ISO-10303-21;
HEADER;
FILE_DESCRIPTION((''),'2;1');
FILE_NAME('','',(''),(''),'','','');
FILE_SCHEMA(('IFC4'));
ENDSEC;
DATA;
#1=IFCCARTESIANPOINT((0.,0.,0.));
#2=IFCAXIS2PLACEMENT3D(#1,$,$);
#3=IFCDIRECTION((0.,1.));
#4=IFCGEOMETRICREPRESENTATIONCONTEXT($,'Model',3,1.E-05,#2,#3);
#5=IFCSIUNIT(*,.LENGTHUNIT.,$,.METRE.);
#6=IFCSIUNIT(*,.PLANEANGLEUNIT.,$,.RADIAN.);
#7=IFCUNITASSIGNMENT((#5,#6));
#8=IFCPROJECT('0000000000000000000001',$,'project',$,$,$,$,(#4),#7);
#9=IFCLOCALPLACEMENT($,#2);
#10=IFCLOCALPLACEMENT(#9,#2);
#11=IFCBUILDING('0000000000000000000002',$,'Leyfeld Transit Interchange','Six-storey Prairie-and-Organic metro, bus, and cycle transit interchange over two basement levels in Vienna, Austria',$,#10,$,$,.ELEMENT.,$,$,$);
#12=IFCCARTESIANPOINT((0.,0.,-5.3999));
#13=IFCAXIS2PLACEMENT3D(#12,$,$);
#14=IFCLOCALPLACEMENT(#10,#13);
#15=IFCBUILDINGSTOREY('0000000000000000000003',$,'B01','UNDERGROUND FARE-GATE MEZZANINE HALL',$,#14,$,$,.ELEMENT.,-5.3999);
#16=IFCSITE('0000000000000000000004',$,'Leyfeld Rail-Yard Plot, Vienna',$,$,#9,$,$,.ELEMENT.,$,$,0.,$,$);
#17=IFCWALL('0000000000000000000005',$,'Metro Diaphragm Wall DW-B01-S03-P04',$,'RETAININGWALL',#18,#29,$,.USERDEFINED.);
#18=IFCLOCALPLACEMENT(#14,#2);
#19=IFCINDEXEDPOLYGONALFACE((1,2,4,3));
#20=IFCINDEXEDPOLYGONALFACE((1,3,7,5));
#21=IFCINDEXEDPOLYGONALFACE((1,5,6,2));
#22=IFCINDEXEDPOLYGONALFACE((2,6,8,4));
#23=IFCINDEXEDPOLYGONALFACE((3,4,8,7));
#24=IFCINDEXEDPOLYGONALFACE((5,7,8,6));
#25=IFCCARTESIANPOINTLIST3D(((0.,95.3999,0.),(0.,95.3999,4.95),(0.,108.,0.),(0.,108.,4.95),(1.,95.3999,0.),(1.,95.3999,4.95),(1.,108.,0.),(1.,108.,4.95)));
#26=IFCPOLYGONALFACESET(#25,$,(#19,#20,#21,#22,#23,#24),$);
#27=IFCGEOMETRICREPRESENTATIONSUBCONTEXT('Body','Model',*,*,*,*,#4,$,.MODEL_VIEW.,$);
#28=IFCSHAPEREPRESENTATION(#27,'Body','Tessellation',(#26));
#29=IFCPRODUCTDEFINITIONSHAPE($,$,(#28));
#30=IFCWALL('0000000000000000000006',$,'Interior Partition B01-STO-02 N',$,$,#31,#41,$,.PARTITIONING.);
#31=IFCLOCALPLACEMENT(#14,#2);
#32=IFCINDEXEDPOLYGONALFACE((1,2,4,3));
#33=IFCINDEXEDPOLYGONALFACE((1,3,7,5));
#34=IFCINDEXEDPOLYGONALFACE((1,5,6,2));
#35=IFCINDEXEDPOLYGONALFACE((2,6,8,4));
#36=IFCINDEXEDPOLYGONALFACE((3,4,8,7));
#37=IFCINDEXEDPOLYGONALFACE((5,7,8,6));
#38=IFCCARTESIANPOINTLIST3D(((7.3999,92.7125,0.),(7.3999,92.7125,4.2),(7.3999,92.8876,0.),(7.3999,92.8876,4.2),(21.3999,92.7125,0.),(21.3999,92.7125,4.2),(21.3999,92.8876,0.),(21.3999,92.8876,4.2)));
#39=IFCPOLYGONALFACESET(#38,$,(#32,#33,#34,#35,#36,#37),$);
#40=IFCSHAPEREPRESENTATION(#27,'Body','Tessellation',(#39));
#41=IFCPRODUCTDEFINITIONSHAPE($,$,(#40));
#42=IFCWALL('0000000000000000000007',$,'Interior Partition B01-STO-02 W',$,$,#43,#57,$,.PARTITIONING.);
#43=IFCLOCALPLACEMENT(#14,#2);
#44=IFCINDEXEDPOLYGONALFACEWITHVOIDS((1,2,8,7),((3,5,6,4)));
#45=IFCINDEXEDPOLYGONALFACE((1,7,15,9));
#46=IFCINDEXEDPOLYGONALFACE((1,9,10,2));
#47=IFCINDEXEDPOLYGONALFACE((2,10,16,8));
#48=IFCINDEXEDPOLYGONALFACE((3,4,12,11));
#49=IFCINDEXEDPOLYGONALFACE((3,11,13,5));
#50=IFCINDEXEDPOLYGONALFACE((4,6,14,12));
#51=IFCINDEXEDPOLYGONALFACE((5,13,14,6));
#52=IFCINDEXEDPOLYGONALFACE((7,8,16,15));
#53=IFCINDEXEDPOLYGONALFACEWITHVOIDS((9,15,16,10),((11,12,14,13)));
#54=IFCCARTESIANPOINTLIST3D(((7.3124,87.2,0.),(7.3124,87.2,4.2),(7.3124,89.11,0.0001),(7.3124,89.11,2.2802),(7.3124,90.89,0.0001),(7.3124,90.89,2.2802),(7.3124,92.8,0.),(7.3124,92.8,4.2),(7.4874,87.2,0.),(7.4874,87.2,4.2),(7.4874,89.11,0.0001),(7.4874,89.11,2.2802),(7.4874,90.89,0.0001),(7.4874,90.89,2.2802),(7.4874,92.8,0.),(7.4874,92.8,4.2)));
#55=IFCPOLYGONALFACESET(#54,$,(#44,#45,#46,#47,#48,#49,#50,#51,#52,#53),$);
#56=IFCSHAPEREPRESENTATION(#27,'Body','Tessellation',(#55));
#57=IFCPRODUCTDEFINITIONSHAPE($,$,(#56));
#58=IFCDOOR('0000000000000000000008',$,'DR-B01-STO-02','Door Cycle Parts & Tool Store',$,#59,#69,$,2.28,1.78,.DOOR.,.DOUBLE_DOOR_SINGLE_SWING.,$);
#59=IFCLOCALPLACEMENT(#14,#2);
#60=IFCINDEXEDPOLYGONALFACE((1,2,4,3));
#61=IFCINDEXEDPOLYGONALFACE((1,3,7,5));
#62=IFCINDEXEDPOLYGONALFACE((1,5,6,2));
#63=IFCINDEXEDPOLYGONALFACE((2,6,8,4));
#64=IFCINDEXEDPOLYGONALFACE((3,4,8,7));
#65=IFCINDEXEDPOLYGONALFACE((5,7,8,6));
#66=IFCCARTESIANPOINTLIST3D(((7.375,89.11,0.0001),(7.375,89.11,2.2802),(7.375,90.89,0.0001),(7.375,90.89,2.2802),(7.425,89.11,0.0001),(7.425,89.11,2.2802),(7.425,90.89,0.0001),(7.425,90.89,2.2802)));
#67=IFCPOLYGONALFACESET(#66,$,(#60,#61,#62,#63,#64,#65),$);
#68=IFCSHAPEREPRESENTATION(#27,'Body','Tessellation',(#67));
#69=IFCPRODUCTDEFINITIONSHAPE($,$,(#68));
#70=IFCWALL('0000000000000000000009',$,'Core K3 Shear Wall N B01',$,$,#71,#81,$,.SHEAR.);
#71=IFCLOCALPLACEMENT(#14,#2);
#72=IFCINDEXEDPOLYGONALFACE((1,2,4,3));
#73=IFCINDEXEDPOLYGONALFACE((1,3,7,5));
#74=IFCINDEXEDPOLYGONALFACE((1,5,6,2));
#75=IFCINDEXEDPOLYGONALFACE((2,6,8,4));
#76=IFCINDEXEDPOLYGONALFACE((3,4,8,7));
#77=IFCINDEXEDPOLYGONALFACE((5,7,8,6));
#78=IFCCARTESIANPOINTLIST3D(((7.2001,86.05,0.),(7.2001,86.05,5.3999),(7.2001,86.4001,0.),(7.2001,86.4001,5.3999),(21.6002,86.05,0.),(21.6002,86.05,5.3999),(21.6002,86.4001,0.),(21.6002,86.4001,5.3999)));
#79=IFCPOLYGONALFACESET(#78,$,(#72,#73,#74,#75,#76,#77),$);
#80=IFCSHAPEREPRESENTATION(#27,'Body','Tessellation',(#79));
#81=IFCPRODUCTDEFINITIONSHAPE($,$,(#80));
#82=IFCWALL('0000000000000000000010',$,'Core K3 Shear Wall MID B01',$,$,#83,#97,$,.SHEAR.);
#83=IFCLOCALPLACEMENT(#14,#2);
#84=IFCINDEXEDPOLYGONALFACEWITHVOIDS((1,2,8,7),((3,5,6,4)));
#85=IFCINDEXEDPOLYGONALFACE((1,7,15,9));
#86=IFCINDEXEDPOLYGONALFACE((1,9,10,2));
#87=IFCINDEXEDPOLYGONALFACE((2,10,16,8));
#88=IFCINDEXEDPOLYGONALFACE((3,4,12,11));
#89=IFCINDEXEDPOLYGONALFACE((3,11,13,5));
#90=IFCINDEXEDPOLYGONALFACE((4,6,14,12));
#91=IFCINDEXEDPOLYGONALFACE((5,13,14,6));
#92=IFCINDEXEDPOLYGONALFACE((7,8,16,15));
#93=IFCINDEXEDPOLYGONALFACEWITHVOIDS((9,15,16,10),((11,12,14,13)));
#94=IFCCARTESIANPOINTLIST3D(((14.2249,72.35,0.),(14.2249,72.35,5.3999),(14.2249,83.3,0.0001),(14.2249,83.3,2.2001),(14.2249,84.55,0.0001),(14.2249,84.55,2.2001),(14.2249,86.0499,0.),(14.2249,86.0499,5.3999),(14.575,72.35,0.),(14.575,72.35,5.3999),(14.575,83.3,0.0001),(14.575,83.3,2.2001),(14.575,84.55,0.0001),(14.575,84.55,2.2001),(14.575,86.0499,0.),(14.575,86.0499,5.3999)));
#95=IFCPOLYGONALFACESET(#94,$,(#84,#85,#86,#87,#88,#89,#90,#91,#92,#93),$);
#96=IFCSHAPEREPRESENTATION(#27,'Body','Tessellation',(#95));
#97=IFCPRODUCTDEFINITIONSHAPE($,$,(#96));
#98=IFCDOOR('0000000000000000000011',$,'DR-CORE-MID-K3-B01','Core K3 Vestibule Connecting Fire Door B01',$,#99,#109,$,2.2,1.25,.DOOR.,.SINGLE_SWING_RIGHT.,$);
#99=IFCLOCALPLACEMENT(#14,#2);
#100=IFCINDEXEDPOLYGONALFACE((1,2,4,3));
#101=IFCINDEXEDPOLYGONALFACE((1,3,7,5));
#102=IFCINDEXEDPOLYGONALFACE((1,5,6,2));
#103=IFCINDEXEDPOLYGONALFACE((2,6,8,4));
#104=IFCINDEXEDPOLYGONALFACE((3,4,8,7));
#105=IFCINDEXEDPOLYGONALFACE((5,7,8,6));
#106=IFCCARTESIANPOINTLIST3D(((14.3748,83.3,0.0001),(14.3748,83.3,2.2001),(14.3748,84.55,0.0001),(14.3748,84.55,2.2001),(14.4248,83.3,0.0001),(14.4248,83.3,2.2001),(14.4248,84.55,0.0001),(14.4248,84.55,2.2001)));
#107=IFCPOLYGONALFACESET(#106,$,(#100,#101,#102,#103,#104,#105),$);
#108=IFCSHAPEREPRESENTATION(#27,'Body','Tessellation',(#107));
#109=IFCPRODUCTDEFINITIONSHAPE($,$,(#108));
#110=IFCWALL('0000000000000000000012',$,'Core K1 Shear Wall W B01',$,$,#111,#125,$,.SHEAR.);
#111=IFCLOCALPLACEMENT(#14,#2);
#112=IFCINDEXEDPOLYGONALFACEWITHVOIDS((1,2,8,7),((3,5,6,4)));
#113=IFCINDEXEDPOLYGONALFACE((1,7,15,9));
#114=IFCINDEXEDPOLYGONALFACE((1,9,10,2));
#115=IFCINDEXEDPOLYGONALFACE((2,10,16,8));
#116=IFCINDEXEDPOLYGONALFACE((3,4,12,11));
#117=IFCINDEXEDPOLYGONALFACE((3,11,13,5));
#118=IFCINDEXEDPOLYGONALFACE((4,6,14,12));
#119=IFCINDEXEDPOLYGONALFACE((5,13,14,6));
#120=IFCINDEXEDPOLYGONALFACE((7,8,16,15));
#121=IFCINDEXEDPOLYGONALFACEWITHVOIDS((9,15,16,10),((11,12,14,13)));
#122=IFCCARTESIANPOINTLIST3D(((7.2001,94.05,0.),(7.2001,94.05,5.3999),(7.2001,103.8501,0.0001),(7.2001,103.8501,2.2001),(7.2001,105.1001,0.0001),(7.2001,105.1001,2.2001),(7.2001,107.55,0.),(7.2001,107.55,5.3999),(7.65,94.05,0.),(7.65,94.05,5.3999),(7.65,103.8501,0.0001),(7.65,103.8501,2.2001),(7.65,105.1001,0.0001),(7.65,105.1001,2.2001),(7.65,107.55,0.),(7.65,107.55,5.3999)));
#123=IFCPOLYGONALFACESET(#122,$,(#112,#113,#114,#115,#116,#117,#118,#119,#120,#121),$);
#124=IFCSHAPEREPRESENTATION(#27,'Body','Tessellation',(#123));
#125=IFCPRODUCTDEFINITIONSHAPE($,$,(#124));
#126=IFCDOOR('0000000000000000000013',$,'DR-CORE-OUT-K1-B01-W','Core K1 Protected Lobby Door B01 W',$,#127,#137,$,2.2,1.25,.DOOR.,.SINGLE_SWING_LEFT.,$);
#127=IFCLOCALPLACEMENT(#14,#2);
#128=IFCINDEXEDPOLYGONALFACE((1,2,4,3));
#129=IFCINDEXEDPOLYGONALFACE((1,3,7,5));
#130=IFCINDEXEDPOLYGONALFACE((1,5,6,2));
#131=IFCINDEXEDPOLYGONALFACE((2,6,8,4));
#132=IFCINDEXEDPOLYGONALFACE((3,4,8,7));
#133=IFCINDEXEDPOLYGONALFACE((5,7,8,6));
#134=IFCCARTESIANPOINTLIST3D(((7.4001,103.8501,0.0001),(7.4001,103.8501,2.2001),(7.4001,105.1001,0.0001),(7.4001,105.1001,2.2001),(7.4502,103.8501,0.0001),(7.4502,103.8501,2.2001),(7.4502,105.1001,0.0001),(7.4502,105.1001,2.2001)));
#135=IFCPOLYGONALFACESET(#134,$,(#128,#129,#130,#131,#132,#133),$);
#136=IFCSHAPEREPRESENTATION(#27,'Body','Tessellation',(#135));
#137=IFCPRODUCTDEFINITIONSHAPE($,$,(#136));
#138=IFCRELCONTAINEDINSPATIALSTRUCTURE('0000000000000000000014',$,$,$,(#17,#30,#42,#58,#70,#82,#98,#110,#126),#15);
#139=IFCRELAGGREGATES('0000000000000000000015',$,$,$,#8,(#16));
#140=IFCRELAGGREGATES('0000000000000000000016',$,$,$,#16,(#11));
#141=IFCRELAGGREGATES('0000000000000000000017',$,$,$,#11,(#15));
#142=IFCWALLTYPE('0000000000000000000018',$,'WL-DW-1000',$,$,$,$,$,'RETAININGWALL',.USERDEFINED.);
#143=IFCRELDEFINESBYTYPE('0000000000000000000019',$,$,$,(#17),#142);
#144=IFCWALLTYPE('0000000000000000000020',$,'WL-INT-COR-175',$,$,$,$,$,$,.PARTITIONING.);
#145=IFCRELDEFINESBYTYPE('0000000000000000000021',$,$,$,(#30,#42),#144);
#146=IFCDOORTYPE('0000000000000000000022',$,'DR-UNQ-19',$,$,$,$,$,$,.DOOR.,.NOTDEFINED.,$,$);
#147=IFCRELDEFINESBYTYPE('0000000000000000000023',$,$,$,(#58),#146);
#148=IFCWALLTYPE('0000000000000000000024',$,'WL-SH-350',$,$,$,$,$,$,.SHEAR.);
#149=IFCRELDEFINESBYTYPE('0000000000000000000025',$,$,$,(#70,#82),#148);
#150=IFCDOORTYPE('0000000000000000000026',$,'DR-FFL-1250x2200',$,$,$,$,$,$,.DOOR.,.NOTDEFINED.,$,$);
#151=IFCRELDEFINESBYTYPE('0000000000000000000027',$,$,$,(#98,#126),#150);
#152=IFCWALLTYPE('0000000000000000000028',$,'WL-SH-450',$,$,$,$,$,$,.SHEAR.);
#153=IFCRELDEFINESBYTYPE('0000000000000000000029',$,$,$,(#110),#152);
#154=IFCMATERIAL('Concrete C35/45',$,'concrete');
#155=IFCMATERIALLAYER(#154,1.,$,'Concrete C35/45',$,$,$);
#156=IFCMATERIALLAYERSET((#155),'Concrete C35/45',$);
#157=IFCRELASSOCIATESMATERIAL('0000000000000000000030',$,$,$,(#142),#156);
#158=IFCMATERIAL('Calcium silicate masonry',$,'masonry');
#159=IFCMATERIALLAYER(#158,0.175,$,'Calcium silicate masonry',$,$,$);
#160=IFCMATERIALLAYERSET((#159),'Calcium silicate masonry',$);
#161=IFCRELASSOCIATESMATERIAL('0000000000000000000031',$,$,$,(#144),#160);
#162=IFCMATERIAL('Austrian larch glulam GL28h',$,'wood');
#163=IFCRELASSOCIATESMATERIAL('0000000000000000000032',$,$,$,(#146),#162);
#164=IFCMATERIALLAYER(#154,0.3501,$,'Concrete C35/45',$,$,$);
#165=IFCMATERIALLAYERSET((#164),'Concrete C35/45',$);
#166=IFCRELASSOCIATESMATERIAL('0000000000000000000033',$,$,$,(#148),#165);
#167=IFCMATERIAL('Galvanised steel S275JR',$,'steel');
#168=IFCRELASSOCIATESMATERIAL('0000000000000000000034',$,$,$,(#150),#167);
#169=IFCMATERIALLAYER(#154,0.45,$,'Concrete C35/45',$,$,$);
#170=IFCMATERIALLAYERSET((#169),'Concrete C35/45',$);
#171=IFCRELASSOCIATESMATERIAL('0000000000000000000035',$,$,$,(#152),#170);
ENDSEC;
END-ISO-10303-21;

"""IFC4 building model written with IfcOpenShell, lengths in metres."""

from ifc_helpers import new_model, si_unit, direction, frame, frame_2d, origin, place, context, subcontext, project, spatial, rectangle, extrude, material, layer, layer_set, type_object, element, fill, save


model = new_model("IFC4")

# Units and contexts
model_context = context("Model", 3, precision=1e-05, world=origin(), true_north=direction((0.0, 1.0)))
body_context = subcontext(model_context, "Body", "Model", "MODEL_VIEW")
ifc_project = project(units=[si_unit("LENGTHUNIT", "METRE"), si_unit("PLANEANGLEUNIT", "RADIAN")], contexts=[model_context])

# Site, building, storey
site_placement = place(None, origin())
site = spatial("IfcSite", under=ifc_project, at=site_placement, Name="Leyfeld Rail-Yard Plot, Vienna", CompositionType="ELEMENT", RefElevation=0.0)
building_placement = place(site_placement, origin())
building = spatial("IfcBuilding", under=site, at=building_placement, Name="Leyfeld Transit Interchange", Description="Six-storey Prairie-and-Organic metro, bus, and cycle transit interchange over two basement levels in Vienna, Austria", CompositionType="ELEMENT")
storey_placement = place(building_placement, frame((0.0, 0.0, -5.3999)))
storey = spatial("IfcBuildingStorey", under=building, at=storey_placement, Name="B01", Description="UNDERGROUND FARE-GATE MEZZANINE HALL", CompositionType="ELEMENT", Elevation=-5.3999)

# Shared definitions
ifc_material_1 = material(Name="Concrete C35/45", Category="concrete")

# Walls
ifc_layer_1 = layer(ifc_material_1, 1.0, Name="Concrete C35/45")
ifc_layer_set_1 = layer_set([ifc_layer_1], Name="Concrete C35/45")
wall_type_1 = type_object("IfcWallType", Name="WL-DW-1000", ElementType="RETAININGWALL", PredefinedType="USERDEFINED", material=ifc_layer_set_1)
wall_1_placement = place(storey_placement, frame((0.5, 95.3999, 0.0), z_axis=(0.0, 0.0, 1.0), x_axis=(0.0, 1.0, 0.0)))
element("IfcWall", 1, at=wall_1_placement, inside=storey, type_object=wall_type_1, Name="Metro Diaphragm Wall DW-B01-S03-P04", ObjectType="RETAININGWALL", PredefinedType="USERDEFINED", context=body_context, shape_type="SweptSolid", body=[
    extrude(rectangle(XDim=12.6001, YDim=1.0, at=frame_2d((6.3, 0.0))), origin(), (0.0, 0.0, 1.0), 4.95),
])
ifc_material_2 = material(Name="Calcium silicate masonry", Category="masonry")
ifc_layer_2 = layer(ifc_material_2, 0.175, Name="Calcium silicate masonry")
ifc_layer_set_2 = layer_set([ifc_layer_2], Name="Calcium silicate masonry")
wall_type_2 = type_object("IfcWallType", Name="WL-INT-COR-175", PredefinedType="PARTITIONING", material=ifc_layer_set_2)
wall_2_placement = place(storey_placement, frame((7.3999, 92.8, 0.0), z_axis=(0.0, 0.0, 1.0), x_axis=(1.0, 0.0, 0.0)))
element("IfcWall", 2, at=wall_2_placement, inside=storey, type_object=wall_type_2, Name="Interior Partition B01-STO-02 N", PredefinedType="PARTITIONING", context=body_context, shape_type="SweptSolid", body=[
    extrude(rectangle(XDim=14.0, YDim=0.175, at=frame_2d((7.0, 0.0))), origin(), (0.0, 0.0, 1.0), 4.2),
])

# Wall, opening, door
wall_3_placement = place(storey_placement, frame((7.3999, 87.2, 0.0), z_axis=(0.0, 0.0, 1.0), x_axis=(0.0, 1.0, 0.0)))
wall_3 = element("IfcWall", 3, at=wall_3_placement, inside=storey, type_object=wall_type_2, Name="Interior Partition B01-STO-02 W", PredefinedType="PARTITIONING", context=body_context, shape_type="SweptSolid", body=[
    extrude(rectangle(XDim=5.6001, YDim=0.175, at=frame_2d((2.8, 0.0))), origin(), (0.0, 0.0, 1.0), 4.2),
])
opening_1_placement = place(wall_3_placement, frame((1.9099, 0.0, 0.0)))
opening_1 = element("IfcOpeningElement", 4, at=opening_1_placement, cuts=wall_3, PredefinedType="OPENING", context=body_context, shape_type="SweptSolid", body=[
    extrude(rectangle(XDim=1.78, YDim=2.28, at=frame_2d((0.8901, 1.1401))), frame((0.0, 0.0974, 0.0), z_axis=(0.0, -1.0, 0.0), x_axis=(1.0, 0.0, 0.0)), (0.0, 0.0, 1.0), 0.1951),
])
ifc_material_3 = material(Name="Austrian larch glulam GL28h", Category="wood")
door_type_1 = type_object("IfcDoorType", Name="DR-UNQ-19", OperationType="NOTDEFINED", PredefinedType="DOOR", material=ifc_material_3)
door_1_placement = place(opening_1_placement, origin())
door_1 = element("IfcDoor", 5, at=door_1_placement, inside=storey, type_object=door_type_1, Name="DR-B01-STO-02", Description="Door Cycle Parts & Tool Store", OperationType="DOUBLE_DOOR_SINGLE_SWING", OverallHeight=2.28, OverallWidth=1.78, PredefinedType="DOOR", context=body_context, shape_type="SweptSolid", body=[
    extrude(rectangle(XDim=1.78, YDim=2.28, at=frame_2d((0.8901, 1.1401))), frame((0.0, 0.0249, 0.0), z_axis=(0.0, -1.0, 0.0), x_axis=(1.0, 0.0, 0.0)), (0.0, 0.0, 1.0), 0.05),
])
fill(opening_1, door_1)

# Wall
ifc_layer_3 = layer(ifc_material_1, 0.3501, Name="Concrete C35/45")
ifc_layer_set_3 = layer_set([ifc_layer_3], Name="Concrete C35/45")
wall_type_3 = type_object("IfcWallType", Name="WL-SH-350", PredefinedType="SHEAR", material=ifc_layer_set_3)
wall_4_placement = place(storey_placement, frame((7.2, 86.2251, 0.0), z_axis=(0.0, 0.0, 1.0), x_axis=(1.0, 0.0, 0.0)))
element("IfcWall", 6, at=wall_4_placement, inside=storey, type_object=wall_type_3, Name="Core K3 Shear Wall N B01", PredefinedType="SHEAR", context=body_context, shape_type="SweptSolid", body=[
    extrude(rectangle(XDim=14.4001, YDim=0.3501, at=frame_2d((7.2002, 0.0))), origin(), (0.0, 0.0, 1.0), 5.3999),
])

# Walls, openings, doors
wall_5_placement = place(storey_placement, frame((14.3999, 86.05, 0.0), z_axis=(0.0, 0.0, 1.0), x_axis=(0.0, -1.0, 0.0)))
wall_5 = element("IfcWall", 7, at=wall_5_placement, inside=storey, type_object=wall_type_3, Name="Core K3 Shear Wall MID B01", PredefinedType="SHEAR", context=body_context, shape_type="SweptSolid", body=[
    extrude(rectangle(XDim=13.7, YDim=0.3501, at=frame_2d((6.8501, 0.0))), origin(), (0.0, 0.0, 1.0), 5.3999),
])
opening_2_placement = place(wall_5_placement, frame((1.5, 0.0, 0.0)))
opening_2 = element("IfcOpeningElement", 8, at=opening_2_placement, cuts=wall_5, PredefinedType="OPENING", context=body_context, shape_type="SweptSolid", body=[
    extrude(rectangle(XDim=1.25, YDim=2.2, at=frame_2d((0.625, 1.1001))), frame((0.0, 0.1851, 0.0), z_axis=(0.0, -1.0, 0.0), x_axis=(1.0, 0.0, 0.0)), (0.0, 0.0, 1.0), 0.3701),
])
ifc_material_4 = material(Name="Galvanised steel S275JR", Category="steel")
door_type_2 = type_object("IfcDoorType", Name="DR-FFL-1250x2200", OperationType="NOTDEFINED", PredefinedType="DOOR", material=ifc_material_4)
door_2_placement = place(opening_2_placement, origin())
door_2 = element("IfcDoor", 9, at=door_2_placement, inside=storey, type_object=door_type_2, Name="DR-CORE-MID-K3-B01", Description="Core K3 Vestibule Connecting Fire Door B01", OperationType="SINGLE_SWING_RIGHT", OverallHeight=2.2, OverallWidth=1.25, PredefinedType="DOOR", context=body_context, shape_type="SweptSolid", body=[
    extrude(rectangle(XDim=1.25, YDim=2.2, at=frame_2d((0.625, 1.1001))), frame((0.0, 0.0249, 0.0), z_axis=(0.0, -1.0, 0.0), x_axis=(1.0, 0.0, 0.0)), (0.0, 0.0, 1.0), 0.05),
])
fill(opening_2, door_2)
ifc_layer_4 = layer(ifc_material_1, 0.45, Name="Concrete C35/45")
ifc_layer_set_4 = layer_set([ifc_layer_4], Name="Concrete C35/45")
wall_type_4 = type_object("IfcWallType", Name="WL-SH-450", PredefinedType="SHEAR", material=ifc_layer_set_4)
wall_6_placement = place(storey_placement, frame((7.425, 94.05, 0.0), z_axis=(0.0, 0.0, 1.0), x_axis=(0.0, 1.0, 0.0)))
wall_6 = element("IfcWall", 10, at=wall_6_placement, inside=storey, type_object=wall_type_4, Name="Core K1 Shear Wall W B01", PredefinedType="SHEAR", context=body_context, shape_type="SweptSolid", body=[
    extrude(rectangle(XDim=13.5, YDim=0.45, at=frame_2d((6.75, 0.0))), origin(), (0.0, 0.0, 1.0), 5.3999),
])
opening_3_placement = place(wall_6_placement, frame((9.8, 0.0, 0.0)))
opening_3 = element("IfcOpeningElement", 11, at=opening_3_placement, cuts=wall_6, PredefinedType="OPENING", context=body_context, shape_type="SweptSolid", body=[
    extrude(rectangle(XDim=1.25, YDim=2.2, at=frame_2d((0.625, 1.1001))), frame((0.0, 0.2349, 0.0), z_axis=(0.0, -1.0, 0.0), x_axis=(1.0, 0.0, 0.0)), (0.0, 0.0, 1.0), 0.47),
])
door_3_placement = place(opening_3_placement, origin())
door_3 = element("IfcDoor", 12, at=door_3_placement, inside=storey, type_object=door_type_2, Name="DR-CORE-OUT-K1-B01-W", Description="Core K1 Protected Lobby Door B01 W", OperationType="SINGLE_SWING_LEFT", OverallHeight=2.2, OverallWidth=1.25, PredefinedType="DOOR", context=body_context, shape_type="SweptSolid", body=[
    extrude(rectangle(XDim=1.25, YDim=2.2, at=frame_2d((0.625, 1.1001))), frame((0.0, 0.0249, 0.0), z_axis=(0.0, -1.0, 0.0), x_axis=(1.0, 0.0, 0.0)), (0.0, 0.0, 1.0), 0.05),
])
fill(opening_3, door_3)

save(model, "model.ifc")
